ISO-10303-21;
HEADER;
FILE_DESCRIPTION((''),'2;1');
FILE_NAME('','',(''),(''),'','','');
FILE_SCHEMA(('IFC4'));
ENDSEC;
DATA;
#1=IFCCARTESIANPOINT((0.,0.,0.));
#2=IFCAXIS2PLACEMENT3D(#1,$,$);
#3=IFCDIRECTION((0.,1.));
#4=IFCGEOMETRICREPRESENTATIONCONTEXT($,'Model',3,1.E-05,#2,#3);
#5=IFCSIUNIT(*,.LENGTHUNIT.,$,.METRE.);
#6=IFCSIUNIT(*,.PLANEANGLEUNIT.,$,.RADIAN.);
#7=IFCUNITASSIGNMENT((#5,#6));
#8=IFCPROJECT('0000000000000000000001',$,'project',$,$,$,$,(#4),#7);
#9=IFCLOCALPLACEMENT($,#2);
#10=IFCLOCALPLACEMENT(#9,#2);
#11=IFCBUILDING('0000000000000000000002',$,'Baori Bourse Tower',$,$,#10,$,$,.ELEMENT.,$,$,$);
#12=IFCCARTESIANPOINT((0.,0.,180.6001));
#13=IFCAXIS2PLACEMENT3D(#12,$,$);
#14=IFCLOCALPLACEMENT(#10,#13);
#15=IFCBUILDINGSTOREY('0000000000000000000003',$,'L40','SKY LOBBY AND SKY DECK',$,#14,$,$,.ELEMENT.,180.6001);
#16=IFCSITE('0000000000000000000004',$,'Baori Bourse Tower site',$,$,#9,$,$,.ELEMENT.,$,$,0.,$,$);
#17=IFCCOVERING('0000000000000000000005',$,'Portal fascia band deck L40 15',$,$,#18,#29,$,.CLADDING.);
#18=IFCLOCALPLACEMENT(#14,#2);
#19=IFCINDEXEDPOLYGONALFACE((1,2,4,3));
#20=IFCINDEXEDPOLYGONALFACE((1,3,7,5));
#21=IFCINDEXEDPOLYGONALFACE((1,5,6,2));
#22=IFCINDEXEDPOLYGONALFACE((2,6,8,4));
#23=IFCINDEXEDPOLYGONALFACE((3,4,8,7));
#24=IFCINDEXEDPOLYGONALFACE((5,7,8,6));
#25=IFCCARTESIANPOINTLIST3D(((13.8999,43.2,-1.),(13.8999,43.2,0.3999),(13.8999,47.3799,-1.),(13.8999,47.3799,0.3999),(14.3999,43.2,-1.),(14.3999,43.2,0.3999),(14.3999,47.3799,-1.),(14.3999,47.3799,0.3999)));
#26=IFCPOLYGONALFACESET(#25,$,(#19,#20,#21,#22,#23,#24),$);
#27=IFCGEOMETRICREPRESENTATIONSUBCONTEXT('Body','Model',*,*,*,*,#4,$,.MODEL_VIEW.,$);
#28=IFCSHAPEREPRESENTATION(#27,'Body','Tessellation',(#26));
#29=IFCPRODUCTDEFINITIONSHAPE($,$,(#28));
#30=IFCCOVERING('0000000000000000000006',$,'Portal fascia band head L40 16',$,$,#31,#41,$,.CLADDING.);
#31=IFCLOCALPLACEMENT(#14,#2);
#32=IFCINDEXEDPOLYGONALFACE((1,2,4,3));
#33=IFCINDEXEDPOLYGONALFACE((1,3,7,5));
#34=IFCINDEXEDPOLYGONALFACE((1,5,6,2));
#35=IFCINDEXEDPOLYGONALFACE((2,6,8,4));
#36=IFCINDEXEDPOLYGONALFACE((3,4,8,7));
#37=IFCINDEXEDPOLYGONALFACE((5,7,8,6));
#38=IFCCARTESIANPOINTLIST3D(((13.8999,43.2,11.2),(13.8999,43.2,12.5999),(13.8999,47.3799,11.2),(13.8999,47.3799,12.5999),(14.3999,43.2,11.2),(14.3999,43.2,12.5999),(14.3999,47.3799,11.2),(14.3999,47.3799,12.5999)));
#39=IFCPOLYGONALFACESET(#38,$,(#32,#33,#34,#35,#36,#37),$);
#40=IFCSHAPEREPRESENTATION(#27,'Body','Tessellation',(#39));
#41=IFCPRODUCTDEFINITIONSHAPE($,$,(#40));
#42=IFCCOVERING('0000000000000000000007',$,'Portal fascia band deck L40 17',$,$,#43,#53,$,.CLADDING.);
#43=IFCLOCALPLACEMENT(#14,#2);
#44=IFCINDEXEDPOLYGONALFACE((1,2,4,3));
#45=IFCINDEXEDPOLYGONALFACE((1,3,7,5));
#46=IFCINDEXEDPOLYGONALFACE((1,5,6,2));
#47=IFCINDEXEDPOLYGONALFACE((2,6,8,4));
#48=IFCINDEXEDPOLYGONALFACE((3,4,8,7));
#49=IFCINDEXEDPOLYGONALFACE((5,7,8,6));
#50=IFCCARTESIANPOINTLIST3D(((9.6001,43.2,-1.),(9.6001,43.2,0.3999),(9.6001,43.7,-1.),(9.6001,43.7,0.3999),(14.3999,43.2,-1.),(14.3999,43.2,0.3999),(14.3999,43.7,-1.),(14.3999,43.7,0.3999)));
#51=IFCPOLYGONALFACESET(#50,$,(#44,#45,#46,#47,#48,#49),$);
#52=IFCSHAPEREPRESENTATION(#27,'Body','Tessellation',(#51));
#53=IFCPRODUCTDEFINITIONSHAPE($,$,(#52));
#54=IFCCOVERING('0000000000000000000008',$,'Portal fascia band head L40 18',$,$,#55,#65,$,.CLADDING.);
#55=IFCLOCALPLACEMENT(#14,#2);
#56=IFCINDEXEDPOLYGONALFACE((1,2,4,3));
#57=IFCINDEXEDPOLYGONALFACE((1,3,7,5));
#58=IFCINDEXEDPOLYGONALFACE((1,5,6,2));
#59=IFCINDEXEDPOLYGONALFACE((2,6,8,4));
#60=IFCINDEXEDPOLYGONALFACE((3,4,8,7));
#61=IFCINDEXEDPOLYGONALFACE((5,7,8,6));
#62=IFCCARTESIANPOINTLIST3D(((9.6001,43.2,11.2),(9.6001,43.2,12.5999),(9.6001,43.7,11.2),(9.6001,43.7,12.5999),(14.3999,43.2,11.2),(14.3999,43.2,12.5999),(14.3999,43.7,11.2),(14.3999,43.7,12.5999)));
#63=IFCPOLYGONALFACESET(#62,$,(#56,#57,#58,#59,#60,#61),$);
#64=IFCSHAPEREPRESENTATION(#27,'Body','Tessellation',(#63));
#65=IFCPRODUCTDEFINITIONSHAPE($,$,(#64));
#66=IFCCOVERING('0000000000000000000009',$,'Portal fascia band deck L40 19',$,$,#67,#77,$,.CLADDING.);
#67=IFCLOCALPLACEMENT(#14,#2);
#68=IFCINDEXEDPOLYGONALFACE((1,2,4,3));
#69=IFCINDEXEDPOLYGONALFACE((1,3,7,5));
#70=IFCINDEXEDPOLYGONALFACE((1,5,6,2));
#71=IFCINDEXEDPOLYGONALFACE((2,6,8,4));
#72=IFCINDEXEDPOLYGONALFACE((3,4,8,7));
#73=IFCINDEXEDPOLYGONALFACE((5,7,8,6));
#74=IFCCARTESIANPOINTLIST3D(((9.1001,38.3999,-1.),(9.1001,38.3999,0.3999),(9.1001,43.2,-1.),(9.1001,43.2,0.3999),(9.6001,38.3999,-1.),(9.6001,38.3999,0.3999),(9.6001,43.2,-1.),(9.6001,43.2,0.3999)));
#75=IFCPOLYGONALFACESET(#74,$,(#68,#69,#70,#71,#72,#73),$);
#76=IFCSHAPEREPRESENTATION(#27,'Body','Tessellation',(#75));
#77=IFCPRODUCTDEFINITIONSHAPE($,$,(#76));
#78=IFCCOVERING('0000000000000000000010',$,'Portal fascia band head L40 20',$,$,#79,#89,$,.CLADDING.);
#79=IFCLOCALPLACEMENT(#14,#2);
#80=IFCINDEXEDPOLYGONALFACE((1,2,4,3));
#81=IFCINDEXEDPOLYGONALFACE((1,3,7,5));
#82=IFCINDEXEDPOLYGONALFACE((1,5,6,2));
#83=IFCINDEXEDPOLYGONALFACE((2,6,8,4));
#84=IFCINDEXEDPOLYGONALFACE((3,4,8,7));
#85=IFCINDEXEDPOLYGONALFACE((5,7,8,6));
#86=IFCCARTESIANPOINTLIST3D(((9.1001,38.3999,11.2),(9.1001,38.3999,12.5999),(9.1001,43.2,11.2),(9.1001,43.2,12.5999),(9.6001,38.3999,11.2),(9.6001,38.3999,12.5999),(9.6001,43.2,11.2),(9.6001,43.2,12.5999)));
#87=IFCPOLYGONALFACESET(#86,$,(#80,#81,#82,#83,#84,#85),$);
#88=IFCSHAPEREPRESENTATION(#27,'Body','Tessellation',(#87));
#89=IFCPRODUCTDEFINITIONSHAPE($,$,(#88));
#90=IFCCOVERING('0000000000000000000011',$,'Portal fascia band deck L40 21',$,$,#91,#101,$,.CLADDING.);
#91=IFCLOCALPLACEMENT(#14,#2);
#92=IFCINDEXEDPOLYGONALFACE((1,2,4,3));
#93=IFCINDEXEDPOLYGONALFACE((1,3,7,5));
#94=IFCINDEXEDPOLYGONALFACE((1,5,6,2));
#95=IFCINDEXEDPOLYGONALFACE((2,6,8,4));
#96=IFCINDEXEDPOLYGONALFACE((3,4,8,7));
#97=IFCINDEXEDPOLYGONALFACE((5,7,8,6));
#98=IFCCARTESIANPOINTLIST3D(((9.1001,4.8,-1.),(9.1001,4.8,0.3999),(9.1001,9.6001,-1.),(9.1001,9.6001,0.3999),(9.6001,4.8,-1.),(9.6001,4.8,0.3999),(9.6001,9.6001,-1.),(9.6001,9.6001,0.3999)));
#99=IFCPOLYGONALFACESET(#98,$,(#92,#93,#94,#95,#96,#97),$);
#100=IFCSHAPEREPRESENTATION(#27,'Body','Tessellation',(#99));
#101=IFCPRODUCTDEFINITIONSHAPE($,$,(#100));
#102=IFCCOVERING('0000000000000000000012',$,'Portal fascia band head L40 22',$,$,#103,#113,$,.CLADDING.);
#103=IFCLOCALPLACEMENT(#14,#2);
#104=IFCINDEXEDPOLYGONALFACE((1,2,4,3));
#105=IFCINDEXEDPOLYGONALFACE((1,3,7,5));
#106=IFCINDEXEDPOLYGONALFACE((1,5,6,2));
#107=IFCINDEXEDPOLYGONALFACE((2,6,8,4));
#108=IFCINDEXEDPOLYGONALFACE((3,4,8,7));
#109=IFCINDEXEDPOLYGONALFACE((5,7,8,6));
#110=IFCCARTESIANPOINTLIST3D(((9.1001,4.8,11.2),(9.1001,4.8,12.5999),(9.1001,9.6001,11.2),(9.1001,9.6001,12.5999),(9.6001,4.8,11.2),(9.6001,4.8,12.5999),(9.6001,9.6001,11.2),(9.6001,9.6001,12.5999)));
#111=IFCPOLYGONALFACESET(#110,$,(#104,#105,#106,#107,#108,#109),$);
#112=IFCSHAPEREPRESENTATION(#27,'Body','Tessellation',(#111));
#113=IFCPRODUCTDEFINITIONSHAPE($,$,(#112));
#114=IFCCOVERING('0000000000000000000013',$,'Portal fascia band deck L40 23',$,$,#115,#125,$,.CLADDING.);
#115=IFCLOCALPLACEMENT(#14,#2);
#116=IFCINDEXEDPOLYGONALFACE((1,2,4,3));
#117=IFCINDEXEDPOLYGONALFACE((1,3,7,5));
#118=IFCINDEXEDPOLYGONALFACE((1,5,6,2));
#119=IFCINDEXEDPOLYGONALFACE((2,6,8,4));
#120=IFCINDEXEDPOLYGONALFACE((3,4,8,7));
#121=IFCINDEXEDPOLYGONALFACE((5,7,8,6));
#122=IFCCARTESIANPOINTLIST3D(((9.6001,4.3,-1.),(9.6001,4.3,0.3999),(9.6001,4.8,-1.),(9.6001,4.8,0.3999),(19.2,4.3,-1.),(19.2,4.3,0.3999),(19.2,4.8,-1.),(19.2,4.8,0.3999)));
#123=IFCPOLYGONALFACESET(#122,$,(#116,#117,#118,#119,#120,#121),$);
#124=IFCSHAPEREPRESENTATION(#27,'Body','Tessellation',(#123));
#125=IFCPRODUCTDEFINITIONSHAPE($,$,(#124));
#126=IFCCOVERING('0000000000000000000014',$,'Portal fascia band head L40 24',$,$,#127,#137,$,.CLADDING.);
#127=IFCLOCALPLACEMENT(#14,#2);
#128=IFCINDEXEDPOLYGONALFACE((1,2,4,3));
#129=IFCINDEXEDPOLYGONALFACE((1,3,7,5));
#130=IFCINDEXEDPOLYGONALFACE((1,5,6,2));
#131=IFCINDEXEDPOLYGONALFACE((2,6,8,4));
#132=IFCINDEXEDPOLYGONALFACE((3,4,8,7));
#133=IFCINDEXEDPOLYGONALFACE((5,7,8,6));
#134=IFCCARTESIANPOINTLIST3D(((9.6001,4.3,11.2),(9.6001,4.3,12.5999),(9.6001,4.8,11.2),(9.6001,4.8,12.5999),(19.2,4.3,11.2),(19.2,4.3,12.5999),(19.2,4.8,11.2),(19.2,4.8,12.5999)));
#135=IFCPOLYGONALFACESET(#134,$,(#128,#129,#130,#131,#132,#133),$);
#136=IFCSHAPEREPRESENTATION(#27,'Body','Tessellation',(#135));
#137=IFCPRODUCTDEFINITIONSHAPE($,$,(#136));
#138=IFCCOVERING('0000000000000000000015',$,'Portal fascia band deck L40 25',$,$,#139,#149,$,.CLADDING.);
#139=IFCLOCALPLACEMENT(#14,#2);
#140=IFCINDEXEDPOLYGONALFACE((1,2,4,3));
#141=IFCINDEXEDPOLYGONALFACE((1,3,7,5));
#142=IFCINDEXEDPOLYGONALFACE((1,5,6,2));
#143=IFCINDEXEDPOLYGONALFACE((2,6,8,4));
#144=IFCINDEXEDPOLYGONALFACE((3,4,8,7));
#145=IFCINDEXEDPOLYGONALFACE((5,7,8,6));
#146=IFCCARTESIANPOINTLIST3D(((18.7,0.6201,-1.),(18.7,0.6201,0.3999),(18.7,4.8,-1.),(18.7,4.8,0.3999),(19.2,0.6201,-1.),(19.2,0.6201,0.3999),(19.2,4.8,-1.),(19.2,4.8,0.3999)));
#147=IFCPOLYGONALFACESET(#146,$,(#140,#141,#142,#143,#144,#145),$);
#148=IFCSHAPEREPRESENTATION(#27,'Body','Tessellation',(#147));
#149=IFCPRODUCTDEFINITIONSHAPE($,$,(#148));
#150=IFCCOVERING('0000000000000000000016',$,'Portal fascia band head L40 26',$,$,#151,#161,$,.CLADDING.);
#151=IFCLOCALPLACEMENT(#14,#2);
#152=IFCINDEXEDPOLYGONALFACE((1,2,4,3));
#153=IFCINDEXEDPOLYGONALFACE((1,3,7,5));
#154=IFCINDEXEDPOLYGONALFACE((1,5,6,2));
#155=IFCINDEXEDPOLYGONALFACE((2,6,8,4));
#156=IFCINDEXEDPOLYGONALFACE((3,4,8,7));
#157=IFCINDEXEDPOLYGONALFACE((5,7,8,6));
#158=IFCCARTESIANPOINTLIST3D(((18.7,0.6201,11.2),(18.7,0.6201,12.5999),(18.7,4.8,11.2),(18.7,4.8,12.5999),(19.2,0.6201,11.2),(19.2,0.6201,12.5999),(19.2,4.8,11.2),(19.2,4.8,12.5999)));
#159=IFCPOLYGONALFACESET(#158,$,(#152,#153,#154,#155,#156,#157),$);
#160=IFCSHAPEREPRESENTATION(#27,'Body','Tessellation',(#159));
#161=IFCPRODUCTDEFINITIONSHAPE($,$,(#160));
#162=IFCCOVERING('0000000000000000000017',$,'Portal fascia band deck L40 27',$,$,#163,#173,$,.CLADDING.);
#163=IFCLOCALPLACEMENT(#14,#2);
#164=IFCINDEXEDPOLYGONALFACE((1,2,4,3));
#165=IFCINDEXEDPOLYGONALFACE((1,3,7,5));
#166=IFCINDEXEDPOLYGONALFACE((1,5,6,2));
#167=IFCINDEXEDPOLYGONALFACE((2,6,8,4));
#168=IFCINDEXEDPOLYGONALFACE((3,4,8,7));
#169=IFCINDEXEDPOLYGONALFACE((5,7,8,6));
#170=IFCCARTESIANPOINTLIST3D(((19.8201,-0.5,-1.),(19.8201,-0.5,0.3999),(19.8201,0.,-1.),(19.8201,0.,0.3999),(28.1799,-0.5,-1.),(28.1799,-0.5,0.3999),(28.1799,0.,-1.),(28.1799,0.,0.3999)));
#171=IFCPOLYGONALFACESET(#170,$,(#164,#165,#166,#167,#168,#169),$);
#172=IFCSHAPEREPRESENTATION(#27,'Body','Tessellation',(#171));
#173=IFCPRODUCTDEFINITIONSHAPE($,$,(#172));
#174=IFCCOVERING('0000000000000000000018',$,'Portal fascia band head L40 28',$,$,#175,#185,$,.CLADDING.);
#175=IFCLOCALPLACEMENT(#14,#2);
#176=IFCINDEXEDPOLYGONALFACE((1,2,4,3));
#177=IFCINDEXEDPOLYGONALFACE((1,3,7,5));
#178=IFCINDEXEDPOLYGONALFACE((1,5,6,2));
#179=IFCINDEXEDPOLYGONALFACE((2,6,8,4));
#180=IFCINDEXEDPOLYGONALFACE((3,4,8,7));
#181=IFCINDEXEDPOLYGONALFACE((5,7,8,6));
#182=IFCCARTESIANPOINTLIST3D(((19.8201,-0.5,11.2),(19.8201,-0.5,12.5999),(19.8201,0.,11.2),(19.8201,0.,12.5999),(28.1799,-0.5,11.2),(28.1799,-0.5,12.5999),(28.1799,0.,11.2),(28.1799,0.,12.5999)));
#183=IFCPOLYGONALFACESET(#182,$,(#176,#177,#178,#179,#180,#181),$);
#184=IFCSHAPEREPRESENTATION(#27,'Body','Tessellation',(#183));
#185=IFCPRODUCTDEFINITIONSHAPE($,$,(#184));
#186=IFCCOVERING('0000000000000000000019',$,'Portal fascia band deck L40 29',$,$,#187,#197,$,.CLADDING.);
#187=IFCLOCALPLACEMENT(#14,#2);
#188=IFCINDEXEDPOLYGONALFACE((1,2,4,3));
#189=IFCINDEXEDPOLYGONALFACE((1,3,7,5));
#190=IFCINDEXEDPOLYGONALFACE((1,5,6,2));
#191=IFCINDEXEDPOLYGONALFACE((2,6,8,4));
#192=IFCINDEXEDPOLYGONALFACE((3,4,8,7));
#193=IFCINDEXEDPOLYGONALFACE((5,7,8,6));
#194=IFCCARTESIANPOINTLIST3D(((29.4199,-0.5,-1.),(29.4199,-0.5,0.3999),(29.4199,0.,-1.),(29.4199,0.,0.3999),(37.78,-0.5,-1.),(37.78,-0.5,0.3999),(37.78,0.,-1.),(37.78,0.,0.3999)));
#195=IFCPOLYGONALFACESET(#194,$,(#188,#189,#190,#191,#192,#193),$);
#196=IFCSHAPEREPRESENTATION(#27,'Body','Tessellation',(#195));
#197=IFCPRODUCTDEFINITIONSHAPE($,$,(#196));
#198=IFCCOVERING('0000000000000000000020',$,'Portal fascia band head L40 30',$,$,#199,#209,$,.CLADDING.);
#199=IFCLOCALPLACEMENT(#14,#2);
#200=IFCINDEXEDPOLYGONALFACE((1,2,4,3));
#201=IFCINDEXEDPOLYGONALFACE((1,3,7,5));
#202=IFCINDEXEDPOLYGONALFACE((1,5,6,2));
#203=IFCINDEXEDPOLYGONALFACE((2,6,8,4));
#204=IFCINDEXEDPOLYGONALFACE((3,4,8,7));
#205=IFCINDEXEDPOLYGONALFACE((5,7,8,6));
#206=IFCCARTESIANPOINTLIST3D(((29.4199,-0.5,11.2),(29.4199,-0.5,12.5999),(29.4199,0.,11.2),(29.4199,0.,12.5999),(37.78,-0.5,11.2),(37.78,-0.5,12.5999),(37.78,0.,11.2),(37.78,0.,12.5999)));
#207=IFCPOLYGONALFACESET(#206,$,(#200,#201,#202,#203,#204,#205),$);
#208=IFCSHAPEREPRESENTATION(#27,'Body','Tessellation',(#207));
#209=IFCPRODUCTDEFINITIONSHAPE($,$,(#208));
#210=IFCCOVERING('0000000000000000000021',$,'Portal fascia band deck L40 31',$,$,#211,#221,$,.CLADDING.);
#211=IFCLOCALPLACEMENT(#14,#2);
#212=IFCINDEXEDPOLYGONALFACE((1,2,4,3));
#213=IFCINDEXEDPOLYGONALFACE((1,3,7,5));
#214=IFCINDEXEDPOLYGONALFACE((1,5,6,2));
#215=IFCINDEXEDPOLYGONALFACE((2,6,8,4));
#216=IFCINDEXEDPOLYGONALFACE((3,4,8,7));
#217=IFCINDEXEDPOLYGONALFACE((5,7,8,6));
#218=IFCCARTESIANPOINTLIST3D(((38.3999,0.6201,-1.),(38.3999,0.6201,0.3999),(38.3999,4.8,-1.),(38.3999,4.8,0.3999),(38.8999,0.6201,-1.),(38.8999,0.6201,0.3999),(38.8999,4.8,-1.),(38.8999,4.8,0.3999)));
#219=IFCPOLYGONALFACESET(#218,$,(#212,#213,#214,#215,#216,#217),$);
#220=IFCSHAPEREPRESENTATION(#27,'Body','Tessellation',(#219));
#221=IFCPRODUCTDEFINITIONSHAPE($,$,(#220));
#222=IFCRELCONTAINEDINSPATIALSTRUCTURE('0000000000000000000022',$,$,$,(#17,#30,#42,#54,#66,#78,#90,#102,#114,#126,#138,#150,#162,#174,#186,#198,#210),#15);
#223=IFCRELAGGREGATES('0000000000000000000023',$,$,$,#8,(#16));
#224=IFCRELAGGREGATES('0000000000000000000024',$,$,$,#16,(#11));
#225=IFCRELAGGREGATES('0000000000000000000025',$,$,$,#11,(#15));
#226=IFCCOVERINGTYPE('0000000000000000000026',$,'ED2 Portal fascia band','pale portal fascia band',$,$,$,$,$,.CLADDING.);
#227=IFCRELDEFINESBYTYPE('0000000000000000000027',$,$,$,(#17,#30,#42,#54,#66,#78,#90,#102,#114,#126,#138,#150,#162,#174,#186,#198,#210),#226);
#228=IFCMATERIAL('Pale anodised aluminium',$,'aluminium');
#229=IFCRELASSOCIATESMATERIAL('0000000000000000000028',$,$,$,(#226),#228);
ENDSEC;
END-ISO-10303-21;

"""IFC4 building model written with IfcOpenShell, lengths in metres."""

from ifc_helpers import new_model, si_unit, direction, frame, origin, place, context, subcontext, project, spatial, polyline, outline, extrude, material, type_object, element, save


model = new_model("IFC4")

# Units and contexts
model_context = context("Model", 3, precision=1e-05, world=origin(), true_north=direction((0.0, 1.0)))
body_context = subcontext(model_context, "Body", "Model", "MODEL_VIEW")
ifc_project = project(units=[si_unit("LENGTHUNIT", "METRE"), si_unit("PLANEANGLEUNIT", "RADIAN")], contexts=[model_context])

# Site, building, storey
site_placement = place(None, origin())
site = spatial("IfcSite", under=ifc_project, at=site_placement, Name="Baori Bourse Tower site", CompositionType="ELEMENT", RefElevation=0.0)
building_placement = place(site_placement, origin())
building = spatial("IfcBuilding", under=site, at=building_placement, Name="Baori Bourse Tower", CompositionType="ELEMENT")
storey_placement = place(building_placement, frame((0.0, 0.0, 180.6001)))
storey = spatial("IfcBuildingStorey", under=building, at=storey_placement, Name="L40", Description="SKY LOBBY AND SKY DECK", CompositionType="ELEMENT", Elevation=180.6001)

# Coverings
ifc_material_1 = material(Name="Pale anodised aluminium", Category="aluminium")
covering_type = type_object("IfcCoveringType", Name="ED2 Portal fascia band", Description="pale portal fascia band", PredefinedType="CLADDING", material=ifc_material_1)
for number, where, name in (
    (1, (0.0, 0.0, -1.0), "Portal fascia band deck L40 15"),
    (2, (0.0, 0.0, 11.2), "Portal fascia band head L40 16"),
):
    element("IfcCovering", number, at=place(storey_placement, frame(where)), inside=storey, type_object=covering_type, Name=name, PredefinedType="CLADDING", context=body_context, shape_type="SweptSolid", body=[
        extrude(outline(polyline([(14.3999, 43.2), (14.3999, 47.3799), (13.8999, 47.3799), (13.8999, 43.2), (14.3999, 43.2)])), origin(), (0.0, 0.0, 1.0), 1.3999),
    ])
for number, where, name in (
    (3, (0.0, 0.0, -1.0), "Portal fascia band deck L40 17"),
    (4, (0.0, 0.0, 11.2), "Portal fascia band head L40 18"),
):
    element("IfcCovering", number, at=place(storey_placement, frame(where)), inside=storey, type_object=covering_type, Name=name, PredefinedType="CLADDING", context=body_context, shape_type="SweptSolid", body=[
        extrude(outline(polyline([(9.6001, 43.2), (14.3999, 43.2), (14.3999, 43.7), (9.6001, 43.7), (9.6001, 43.2)])), origin(), (0.0, 0.0, 1.0), 1.3999),
    ])
for number, where, name in (
    (5, (0.0, 0.0, -1.0), "Portal fascia band deck L40 19"),
    (6, (0.0, 0.0, 11.2), "Portal fascia band head L40 20"),
):
    element("IfcCovering", number, at=place(storey_placement, frame(where)), inside=storey, type_object=covering_type, Name=name, PredefinedType="CLADDING", context=body_context, shape_type="SweptSolid", body=[
        extrude(outline(polyline([(9.6001, 38.3999), (9.6001, 43.2), (9.1001, 43.2), (9.1001, 38.3999), (9.6001, 38.3999)])), origin(), (0.0, 0.0, 1.0), 1.3999),
    ])
for number, where, name in (
    (7, (0.0, 0.0, -1.0), "Portal fascia band deck L40 21"),
    (8, (0.0, 0.0, 11.2), "Portal fascia band head L40 22"),
):
    element("IfcCovering", number, at=place(storey_placement, frame(where)), inside=storey, type_object=covering_type, Name=name, PredefinedType="CLADDING", context=body_context, shape_type="SweptSolid", body=[
        extrude(outline(polyline([(9.6001, 4.8), (9.6001, 9.6001), (9.1001, 9.6001), (9.1001, 4.8), (9.6001, 4.8)])), origin(), (0.0, 0.0, 1.0), 1.3999),
    ])
for number, where, name in (
    (9, (0.0, 0.0, -1.0), "Portal fascia band deck L40 23"),
    (10, (0.0, 0.0, 11.2), "Portal fascia band head L40 24"),
):
    element("IfcCovering", number, at=place(storey_placement, frame(where)), inside=storey, type_object=covering_type, Name=name, PredefinedType="CLADDING", context=body_context, shape_type="SweptSolid", body=[
        extrude(outline(polyline([(19.2, 4.8), (9.6001, 4.8), (9.6001, 4.3), (19.2, 4.3), (19.2, 4.8)])), origin(), (0.0, 0.0, 1.0), 1.3999),
    ])
for number, where, name in (
    (11, (0.0, 0.0, -1.0), "Portal fascia band deck L40 25"),
    (12, (0.0, 0.0, 11.2), "Portal fascia band head L40 26"),
):
    element("IfcCovering", number, at=place(storey_placement, frame(where)), inside=storey, type_object=covering_type, Name=name, PredefinedType="CLADDING", context=body_context, shape_type="SweptSolid", body=[
        extrude(outline(polyline([(19.2, 0.6201), (19.2, 4.8), (18.7, 4.8), (18.7, 0.6201), (19.2, 0.6201)])), origin(), (0.0, 0.0, 1.0), 1.3999),
    ])
for number, where, name in (
    (13, (0.0, 0.0, -1.0), "Portal fascia band deck L40 27"),
    (14, (0.0, 0.0, 11.2), "Portal fascia band head L40 28"),
):
    element("IfcCovering", number, at=place(storey_placement, frame(where)), inside=storey, type_object=covering_type, Name=name, PredefinedType="CLADDING", context=body_context, shape_type="SweptSolid", body=[
        extrude(outline(polyline([(28.1799, 0.0), (19.8201, 0.0), (19.8201, -0.5), (28.1799, -0.5), (28.1799, 0.0)])), origin(), (0.0, 0.0, 1.0), 1.3999),
    ])
for number, where, name in (
    (15, (0.0, 0.0, -1.0), "Portal fascia band deck L40 29"),
    (16, (0.0, 0.0, 11.2), "Portal fascia band head L40 30"),
):
    element("IfcCovering", number, at=place(storey_placement, frame(where)), inside=storey, type_object=covering_type, Name=name, PredefinedType="CLADDING", context=body_context, shape_type="SweptSolid", body=[
        extrude(outline(polyline([(37.78, 0.0), (29.4199, 0.0), (29.4199, -0.5), (37.78, -0.5), (37.78, 0.0)])), origin(), (0.0, 0.0, 1.0), 1.3999),
    ])
for number, where, name in (
    (17, (0.0, 0.0, -1.0), "Portal fascia band deck L40 31"),
):
    element("IfcCovering", number, at=place(storey_placement, frame(where)), inside=storey, type_object=covering_type, Name=name, PredefinedType="CLADDING", context=body_context, shape_type="SweptSolid", body=[
        extrude(outline(polyline([(38.3999, 4.8), (38.3999, 0.6201), (38.8999, 0.6201), (38.8999, 4.8), (38.3999, 4.8)])), origin(), (0.0, 0.0, 1.0), 1.3999),
    ])

save(model, "model.ifc")
